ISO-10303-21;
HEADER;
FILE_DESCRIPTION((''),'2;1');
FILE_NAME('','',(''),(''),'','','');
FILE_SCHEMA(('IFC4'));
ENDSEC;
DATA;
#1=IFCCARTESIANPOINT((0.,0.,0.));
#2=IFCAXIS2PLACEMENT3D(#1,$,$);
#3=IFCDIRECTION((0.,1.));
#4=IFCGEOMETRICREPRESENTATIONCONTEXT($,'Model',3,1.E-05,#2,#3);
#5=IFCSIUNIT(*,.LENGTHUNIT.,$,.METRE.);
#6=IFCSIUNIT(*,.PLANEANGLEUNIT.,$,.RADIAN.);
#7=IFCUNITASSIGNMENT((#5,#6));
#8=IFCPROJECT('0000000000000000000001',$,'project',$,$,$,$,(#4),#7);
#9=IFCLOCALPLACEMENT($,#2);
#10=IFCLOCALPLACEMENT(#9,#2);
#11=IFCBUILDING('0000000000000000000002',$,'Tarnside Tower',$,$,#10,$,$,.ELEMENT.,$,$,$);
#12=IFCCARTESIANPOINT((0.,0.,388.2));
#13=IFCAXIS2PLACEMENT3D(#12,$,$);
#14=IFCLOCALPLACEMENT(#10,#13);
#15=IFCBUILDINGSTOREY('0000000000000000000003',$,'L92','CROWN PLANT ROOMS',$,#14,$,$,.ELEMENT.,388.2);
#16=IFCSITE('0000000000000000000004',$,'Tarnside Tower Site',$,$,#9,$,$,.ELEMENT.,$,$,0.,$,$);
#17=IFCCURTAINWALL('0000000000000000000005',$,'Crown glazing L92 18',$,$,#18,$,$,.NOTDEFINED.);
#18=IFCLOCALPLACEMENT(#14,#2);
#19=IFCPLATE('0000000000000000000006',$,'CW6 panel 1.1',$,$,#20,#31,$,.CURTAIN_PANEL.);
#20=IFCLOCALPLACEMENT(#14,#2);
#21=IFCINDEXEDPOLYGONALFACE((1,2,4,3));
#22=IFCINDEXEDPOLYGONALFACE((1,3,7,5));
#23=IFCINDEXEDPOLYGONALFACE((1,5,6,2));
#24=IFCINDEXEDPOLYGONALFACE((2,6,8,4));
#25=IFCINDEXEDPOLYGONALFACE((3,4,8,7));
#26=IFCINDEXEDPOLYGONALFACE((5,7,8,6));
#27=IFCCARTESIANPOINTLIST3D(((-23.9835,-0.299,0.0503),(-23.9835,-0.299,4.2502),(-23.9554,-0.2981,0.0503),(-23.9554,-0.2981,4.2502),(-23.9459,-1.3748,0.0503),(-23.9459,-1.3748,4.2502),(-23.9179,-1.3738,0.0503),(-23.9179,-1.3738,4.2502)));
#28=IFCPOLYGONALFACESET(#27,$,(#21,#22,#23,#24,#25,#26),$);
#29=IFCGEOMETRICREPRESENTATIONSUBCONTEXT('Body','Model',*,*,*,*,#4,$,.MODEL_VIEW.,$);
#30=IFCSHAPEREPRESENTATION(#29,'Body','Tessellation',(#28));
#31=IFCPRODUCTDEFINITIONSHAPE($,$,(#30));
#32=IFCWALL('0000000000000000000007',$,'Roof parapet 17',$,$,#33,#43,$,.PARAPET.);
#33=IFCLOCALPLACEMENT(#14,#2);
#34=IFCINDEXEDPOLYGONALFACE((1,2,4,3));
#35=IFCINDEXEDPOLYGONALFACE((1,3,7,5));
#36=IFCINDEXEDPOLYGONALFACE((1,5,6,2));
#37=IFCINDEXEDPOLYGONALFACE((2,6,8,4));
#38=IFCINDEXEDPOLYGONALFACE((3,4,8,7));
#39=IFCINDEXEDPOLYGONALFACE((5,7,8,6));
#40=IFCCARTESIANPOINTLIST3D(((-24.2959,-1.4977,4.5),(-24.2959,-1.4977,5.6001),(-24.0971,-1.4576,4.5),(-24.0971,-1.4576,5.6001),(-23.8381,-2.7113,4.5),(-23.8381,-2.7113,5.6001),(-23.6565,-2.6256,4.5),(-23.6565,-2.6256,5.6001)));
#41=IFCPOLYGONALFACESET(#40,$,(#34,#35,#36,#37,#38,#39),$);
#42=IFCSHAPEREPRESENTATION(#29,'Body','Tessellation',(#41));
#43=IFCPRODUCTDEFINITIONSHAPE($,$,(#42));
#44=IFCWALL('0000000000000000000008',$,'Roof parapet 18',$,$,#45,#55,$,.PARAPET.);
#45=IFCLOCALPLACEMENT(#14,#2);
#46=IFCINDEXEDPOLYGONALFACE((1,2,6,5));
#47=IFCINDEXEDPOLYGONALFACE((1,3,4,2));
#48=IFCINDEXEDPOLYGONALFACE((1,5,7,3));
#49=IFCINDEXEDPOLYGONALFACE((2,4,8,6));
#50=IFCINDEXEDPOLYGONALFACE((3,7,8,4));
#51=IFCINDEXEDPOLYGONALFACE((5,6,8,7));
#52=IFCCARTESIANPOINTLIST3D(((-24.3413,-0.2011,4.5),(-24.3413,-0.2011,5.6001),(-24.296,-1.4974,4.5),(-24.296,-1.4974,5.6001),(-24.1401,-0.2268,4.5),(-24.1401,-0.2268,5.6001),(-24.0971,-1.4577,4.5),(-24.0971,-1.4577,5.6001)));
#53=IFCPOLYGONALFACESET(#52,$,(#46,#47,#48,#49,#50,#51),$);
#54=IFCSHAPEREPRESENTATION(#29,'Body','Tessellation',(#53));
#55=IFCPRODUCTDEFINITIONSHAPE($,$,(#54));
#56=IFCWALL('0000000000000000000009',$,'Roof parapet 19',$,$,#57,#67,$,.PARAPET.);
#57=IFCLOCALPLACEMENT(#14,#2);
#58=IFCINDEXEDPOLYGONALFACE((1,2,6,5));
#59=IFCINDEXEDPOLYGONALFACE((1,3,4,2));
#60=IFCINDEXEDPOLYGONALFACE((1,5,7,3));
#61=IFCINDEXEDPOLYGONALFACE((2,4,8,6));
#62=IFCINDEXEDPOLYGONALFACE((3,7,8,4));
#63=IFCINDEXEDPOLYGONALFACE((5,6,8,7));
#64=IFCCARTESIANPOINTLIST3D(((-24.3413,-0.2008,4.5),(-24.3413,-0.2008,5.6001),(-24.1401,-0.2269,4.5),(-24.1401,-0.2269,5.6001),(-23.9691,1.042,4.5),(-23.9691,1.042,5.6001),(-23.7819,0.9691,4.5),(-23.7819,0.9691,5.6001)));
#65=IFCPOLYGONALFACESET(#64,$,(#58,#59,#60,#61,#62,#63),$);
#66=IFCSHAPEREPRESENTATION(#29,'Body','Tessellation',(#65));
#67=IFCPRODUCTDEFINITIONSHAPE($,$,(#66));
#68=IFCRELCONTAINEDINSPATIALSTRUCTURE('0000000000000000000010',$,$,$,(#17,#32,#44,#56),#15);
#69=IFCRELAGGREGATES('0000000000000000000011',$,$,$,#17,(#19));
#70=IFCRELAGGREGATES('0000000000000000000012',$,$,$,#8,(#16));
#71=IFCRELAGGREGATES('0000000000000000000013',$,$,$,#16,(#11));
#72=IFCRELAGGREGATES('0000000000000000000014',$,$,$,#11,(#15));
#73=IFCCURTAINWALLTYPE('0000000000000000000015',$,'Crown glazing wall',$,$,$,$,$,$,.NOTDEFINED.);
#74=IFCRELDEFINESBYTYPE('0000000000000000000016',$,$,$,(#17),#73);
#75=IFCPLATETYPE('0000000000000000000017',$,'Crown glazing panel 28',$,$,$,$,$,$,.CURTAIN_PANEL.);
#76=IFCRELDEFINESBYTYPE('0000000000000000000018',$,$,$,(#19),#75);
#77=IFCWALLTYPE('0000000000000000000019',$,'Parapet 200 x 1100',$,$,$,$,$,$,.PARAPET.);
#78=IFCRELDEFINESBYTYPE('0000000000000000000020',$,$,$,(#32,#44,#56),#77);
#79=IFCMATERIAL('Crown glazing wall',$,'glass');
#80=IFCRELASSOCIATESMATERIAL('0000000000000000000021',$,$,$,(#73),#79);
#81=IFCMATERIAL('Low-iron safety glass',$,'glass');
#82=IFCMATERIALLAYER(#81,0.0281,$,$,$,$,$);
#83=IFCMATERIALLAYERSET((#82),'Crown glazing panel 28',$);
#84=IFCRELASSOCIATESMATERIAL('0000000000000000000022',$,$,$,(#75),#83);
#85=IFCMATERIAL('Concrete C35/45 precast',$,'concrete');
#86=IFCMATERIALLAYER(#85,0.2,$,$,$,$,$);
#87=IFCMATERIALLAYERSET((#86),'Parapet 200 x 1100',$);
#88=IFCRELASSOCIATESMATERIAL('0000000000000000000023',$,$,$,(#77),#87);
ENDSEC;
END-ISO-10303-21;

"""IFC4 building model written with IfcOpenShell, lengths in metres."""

from ifc_helpers import new_model, si_unit, direction, frame, origin, origin_2d, place, context, subcontext, project, spatial, polyline, rectangle, outline, extrude, material, layer, layer_set, type_object, element, aggregate, save


model = new_model("IFC4")

# Units and contexts
model_context = context("Model", 3, precision=1e-05, world=origin(), true_north=direction((0.0, 1.0)))
body_context = subcontext(model_context, "Body", "Model", "MODEL_VIEW")
ifc_project = project(units=[si_unit("LENGTHUNIT", "METRE"), si_unit("PLANEANGLEUNIT", "RADIAN")], contexts=[model_context])

# Site, building, storey
site_placement = place(None, origin())
site = spatial("IfcSite", under=ifc_project, at=site_placement, Name="Tarnside Tower Site", CompositionType="ELEMENT", RefElevation=0.0)
building_placement = place(site_placement, origin())
building = spatial("IfcBuilding", under=site, at=building_placement, Name="Tarnside Tower", CompositionType="ELEMENT")
storey_placement = place(building_placement, frame((0.0, 0.0, 388.2)))
storey = spatial("IfcBuildingStorey", under=building, at=storey_placement, Name="L92", Description="CROWN PLANT ROOMS", CompositionType="ELEMENT", Elevation=388.2)

# Shared definitions
ifc_material_1 = material(Name="Crown glazing wall", Category="glass")
curtain_wall_type = type_object("IfcCurtainWallType", Name="Crown glazing wall", PredefinedType="NOTDEFINED", material=ifc_material_1)

# Curtain wall
curtain_wall_1_placement = place(storey_placement, origin())
curtain_wall_1 = element("IfcCurtainWall", 1, at=curtain_wall_1_placement, inside=storey, type_object=curtain_wall_type, Name="Crown glazing L92 18", PredefinedType="NOTDEFINED")

# Plate
ifc_material_2 = material(Name="Low-iron safety glass", Category="glass")
ifc_layer_1 = layer(ifc_material_2, 0.0281)
ifc_layer_set_1 = layer_set([ifc_layer_1], Name="Crown glazing panel 28")
plate_type = type_object("IfcPlateType", Name="Crown glazing panel 28", PredefinedType="CURTAIN_PANEL", material=ifc_layer_set_1)
plate_1_placement = place(storey_placement, frame((-23.9507, -0.8364, 0.0503), z_axis=(0.0, 0.0, 1.0), x_axis=(-0.034899, 0.999391, 0.0)))
plate_1 = element("IfcPlate", 2, at=plate_1_placement, type_object=plate_type, Name="CW6 panel 1.1", PredefinedType="CURTAIN_PANEL", context=body_context, shape_type="SweptSolid", body=[
    extrude(rectangle(XDim=1.0764, YDim=0.0281, at=origin_2d()), origin(), (0.0, 0.0, 1.0), 4.2),
])
aggregate(curtain_wall_1, [plate_1])

# Walls
ifc_material_3 = material(Name="Concrete C35/45 precast", Category="concrete")
ifc_layer_2 = layer(ifc_material_3, 0.2)
ifc_layer_set_2 = layer_set([ifc_layer_2], Name="Parapet 200 x 1100")
wall_type = type_object("IfcWallType", Name="Parapet 200 x 1100", PredefinedType="PARAPET", material=ifc_layer_set_2)
wall_1_placement = place(storey_placement, frame((-23.7473, -2.6685, 4.5), z_axis=(0.0, 0.0, 1.0), x_axis=(-0.352931, 0.93565, 0.0)))
element("IfcWall", 3, at=wall_1_placement, inside=storey, type_object=wall_type, Name="Roof parapet 17", PredefinedType="PARAPET", context=body_context, shape_type="SweptSolid", body=[
    extrude(outline(polyline([(0.0081, -0.1001), (1.2563, -0.1001), (1.2891, 0.1001), (-0.0081, 0.1001), (0.0081, -0.1001)])), origin(), (0.0, 0.0, 1.0), 1.1001),
])
wall_2_placement = place(storey_placement, frame((-24.1965, -1.4775, 4.5), z_axis=(0.0, 0.0, 1.0), x_axis=(-0.034948, 0.999389, 0.0)))
element("IfcWall", 4, at=wall_2_placement, inside=storey, type_object=wall_type, Name="Roof parapet 18", PredefinedType="PARAPET", context=body_context, shape_type="SweptSolid", body=[
    extrude(outline(polyline([(0.0164, -0.1001), (1.248, -0.1001), (1.2808, 0.1001), (-0.0164, 0.1001), (0.0164, -0.1001)])), origin(), (0.0, 0.0, 1.0), 1.1001),
])
wall_3_placement = place(storey_placement, frame((-24.2407, -0.2139, 4.5), z_axis=(0.0, 0.0, 1.0), x_axis=(0.286908, 0.957958, 0.0)))
element("IfcWall", 5, at=wall_3_placement, inside=storey, type_object=wall_type, Name="Roof parapet 19", PredefinedType="PARAPET", context=body_context, shape_type="SweptSolid", body=[
    extrude(outline(polyline([(0.0164, -0.1001), (1.2649, -0.1001), (1.281, 0.1001), (-0.0164, 0.1001), (0.0164, -0.1001)])), origin(), (0.0, 0.0, 1.0), 1.1001),
])

save(model, "model.ifc")
